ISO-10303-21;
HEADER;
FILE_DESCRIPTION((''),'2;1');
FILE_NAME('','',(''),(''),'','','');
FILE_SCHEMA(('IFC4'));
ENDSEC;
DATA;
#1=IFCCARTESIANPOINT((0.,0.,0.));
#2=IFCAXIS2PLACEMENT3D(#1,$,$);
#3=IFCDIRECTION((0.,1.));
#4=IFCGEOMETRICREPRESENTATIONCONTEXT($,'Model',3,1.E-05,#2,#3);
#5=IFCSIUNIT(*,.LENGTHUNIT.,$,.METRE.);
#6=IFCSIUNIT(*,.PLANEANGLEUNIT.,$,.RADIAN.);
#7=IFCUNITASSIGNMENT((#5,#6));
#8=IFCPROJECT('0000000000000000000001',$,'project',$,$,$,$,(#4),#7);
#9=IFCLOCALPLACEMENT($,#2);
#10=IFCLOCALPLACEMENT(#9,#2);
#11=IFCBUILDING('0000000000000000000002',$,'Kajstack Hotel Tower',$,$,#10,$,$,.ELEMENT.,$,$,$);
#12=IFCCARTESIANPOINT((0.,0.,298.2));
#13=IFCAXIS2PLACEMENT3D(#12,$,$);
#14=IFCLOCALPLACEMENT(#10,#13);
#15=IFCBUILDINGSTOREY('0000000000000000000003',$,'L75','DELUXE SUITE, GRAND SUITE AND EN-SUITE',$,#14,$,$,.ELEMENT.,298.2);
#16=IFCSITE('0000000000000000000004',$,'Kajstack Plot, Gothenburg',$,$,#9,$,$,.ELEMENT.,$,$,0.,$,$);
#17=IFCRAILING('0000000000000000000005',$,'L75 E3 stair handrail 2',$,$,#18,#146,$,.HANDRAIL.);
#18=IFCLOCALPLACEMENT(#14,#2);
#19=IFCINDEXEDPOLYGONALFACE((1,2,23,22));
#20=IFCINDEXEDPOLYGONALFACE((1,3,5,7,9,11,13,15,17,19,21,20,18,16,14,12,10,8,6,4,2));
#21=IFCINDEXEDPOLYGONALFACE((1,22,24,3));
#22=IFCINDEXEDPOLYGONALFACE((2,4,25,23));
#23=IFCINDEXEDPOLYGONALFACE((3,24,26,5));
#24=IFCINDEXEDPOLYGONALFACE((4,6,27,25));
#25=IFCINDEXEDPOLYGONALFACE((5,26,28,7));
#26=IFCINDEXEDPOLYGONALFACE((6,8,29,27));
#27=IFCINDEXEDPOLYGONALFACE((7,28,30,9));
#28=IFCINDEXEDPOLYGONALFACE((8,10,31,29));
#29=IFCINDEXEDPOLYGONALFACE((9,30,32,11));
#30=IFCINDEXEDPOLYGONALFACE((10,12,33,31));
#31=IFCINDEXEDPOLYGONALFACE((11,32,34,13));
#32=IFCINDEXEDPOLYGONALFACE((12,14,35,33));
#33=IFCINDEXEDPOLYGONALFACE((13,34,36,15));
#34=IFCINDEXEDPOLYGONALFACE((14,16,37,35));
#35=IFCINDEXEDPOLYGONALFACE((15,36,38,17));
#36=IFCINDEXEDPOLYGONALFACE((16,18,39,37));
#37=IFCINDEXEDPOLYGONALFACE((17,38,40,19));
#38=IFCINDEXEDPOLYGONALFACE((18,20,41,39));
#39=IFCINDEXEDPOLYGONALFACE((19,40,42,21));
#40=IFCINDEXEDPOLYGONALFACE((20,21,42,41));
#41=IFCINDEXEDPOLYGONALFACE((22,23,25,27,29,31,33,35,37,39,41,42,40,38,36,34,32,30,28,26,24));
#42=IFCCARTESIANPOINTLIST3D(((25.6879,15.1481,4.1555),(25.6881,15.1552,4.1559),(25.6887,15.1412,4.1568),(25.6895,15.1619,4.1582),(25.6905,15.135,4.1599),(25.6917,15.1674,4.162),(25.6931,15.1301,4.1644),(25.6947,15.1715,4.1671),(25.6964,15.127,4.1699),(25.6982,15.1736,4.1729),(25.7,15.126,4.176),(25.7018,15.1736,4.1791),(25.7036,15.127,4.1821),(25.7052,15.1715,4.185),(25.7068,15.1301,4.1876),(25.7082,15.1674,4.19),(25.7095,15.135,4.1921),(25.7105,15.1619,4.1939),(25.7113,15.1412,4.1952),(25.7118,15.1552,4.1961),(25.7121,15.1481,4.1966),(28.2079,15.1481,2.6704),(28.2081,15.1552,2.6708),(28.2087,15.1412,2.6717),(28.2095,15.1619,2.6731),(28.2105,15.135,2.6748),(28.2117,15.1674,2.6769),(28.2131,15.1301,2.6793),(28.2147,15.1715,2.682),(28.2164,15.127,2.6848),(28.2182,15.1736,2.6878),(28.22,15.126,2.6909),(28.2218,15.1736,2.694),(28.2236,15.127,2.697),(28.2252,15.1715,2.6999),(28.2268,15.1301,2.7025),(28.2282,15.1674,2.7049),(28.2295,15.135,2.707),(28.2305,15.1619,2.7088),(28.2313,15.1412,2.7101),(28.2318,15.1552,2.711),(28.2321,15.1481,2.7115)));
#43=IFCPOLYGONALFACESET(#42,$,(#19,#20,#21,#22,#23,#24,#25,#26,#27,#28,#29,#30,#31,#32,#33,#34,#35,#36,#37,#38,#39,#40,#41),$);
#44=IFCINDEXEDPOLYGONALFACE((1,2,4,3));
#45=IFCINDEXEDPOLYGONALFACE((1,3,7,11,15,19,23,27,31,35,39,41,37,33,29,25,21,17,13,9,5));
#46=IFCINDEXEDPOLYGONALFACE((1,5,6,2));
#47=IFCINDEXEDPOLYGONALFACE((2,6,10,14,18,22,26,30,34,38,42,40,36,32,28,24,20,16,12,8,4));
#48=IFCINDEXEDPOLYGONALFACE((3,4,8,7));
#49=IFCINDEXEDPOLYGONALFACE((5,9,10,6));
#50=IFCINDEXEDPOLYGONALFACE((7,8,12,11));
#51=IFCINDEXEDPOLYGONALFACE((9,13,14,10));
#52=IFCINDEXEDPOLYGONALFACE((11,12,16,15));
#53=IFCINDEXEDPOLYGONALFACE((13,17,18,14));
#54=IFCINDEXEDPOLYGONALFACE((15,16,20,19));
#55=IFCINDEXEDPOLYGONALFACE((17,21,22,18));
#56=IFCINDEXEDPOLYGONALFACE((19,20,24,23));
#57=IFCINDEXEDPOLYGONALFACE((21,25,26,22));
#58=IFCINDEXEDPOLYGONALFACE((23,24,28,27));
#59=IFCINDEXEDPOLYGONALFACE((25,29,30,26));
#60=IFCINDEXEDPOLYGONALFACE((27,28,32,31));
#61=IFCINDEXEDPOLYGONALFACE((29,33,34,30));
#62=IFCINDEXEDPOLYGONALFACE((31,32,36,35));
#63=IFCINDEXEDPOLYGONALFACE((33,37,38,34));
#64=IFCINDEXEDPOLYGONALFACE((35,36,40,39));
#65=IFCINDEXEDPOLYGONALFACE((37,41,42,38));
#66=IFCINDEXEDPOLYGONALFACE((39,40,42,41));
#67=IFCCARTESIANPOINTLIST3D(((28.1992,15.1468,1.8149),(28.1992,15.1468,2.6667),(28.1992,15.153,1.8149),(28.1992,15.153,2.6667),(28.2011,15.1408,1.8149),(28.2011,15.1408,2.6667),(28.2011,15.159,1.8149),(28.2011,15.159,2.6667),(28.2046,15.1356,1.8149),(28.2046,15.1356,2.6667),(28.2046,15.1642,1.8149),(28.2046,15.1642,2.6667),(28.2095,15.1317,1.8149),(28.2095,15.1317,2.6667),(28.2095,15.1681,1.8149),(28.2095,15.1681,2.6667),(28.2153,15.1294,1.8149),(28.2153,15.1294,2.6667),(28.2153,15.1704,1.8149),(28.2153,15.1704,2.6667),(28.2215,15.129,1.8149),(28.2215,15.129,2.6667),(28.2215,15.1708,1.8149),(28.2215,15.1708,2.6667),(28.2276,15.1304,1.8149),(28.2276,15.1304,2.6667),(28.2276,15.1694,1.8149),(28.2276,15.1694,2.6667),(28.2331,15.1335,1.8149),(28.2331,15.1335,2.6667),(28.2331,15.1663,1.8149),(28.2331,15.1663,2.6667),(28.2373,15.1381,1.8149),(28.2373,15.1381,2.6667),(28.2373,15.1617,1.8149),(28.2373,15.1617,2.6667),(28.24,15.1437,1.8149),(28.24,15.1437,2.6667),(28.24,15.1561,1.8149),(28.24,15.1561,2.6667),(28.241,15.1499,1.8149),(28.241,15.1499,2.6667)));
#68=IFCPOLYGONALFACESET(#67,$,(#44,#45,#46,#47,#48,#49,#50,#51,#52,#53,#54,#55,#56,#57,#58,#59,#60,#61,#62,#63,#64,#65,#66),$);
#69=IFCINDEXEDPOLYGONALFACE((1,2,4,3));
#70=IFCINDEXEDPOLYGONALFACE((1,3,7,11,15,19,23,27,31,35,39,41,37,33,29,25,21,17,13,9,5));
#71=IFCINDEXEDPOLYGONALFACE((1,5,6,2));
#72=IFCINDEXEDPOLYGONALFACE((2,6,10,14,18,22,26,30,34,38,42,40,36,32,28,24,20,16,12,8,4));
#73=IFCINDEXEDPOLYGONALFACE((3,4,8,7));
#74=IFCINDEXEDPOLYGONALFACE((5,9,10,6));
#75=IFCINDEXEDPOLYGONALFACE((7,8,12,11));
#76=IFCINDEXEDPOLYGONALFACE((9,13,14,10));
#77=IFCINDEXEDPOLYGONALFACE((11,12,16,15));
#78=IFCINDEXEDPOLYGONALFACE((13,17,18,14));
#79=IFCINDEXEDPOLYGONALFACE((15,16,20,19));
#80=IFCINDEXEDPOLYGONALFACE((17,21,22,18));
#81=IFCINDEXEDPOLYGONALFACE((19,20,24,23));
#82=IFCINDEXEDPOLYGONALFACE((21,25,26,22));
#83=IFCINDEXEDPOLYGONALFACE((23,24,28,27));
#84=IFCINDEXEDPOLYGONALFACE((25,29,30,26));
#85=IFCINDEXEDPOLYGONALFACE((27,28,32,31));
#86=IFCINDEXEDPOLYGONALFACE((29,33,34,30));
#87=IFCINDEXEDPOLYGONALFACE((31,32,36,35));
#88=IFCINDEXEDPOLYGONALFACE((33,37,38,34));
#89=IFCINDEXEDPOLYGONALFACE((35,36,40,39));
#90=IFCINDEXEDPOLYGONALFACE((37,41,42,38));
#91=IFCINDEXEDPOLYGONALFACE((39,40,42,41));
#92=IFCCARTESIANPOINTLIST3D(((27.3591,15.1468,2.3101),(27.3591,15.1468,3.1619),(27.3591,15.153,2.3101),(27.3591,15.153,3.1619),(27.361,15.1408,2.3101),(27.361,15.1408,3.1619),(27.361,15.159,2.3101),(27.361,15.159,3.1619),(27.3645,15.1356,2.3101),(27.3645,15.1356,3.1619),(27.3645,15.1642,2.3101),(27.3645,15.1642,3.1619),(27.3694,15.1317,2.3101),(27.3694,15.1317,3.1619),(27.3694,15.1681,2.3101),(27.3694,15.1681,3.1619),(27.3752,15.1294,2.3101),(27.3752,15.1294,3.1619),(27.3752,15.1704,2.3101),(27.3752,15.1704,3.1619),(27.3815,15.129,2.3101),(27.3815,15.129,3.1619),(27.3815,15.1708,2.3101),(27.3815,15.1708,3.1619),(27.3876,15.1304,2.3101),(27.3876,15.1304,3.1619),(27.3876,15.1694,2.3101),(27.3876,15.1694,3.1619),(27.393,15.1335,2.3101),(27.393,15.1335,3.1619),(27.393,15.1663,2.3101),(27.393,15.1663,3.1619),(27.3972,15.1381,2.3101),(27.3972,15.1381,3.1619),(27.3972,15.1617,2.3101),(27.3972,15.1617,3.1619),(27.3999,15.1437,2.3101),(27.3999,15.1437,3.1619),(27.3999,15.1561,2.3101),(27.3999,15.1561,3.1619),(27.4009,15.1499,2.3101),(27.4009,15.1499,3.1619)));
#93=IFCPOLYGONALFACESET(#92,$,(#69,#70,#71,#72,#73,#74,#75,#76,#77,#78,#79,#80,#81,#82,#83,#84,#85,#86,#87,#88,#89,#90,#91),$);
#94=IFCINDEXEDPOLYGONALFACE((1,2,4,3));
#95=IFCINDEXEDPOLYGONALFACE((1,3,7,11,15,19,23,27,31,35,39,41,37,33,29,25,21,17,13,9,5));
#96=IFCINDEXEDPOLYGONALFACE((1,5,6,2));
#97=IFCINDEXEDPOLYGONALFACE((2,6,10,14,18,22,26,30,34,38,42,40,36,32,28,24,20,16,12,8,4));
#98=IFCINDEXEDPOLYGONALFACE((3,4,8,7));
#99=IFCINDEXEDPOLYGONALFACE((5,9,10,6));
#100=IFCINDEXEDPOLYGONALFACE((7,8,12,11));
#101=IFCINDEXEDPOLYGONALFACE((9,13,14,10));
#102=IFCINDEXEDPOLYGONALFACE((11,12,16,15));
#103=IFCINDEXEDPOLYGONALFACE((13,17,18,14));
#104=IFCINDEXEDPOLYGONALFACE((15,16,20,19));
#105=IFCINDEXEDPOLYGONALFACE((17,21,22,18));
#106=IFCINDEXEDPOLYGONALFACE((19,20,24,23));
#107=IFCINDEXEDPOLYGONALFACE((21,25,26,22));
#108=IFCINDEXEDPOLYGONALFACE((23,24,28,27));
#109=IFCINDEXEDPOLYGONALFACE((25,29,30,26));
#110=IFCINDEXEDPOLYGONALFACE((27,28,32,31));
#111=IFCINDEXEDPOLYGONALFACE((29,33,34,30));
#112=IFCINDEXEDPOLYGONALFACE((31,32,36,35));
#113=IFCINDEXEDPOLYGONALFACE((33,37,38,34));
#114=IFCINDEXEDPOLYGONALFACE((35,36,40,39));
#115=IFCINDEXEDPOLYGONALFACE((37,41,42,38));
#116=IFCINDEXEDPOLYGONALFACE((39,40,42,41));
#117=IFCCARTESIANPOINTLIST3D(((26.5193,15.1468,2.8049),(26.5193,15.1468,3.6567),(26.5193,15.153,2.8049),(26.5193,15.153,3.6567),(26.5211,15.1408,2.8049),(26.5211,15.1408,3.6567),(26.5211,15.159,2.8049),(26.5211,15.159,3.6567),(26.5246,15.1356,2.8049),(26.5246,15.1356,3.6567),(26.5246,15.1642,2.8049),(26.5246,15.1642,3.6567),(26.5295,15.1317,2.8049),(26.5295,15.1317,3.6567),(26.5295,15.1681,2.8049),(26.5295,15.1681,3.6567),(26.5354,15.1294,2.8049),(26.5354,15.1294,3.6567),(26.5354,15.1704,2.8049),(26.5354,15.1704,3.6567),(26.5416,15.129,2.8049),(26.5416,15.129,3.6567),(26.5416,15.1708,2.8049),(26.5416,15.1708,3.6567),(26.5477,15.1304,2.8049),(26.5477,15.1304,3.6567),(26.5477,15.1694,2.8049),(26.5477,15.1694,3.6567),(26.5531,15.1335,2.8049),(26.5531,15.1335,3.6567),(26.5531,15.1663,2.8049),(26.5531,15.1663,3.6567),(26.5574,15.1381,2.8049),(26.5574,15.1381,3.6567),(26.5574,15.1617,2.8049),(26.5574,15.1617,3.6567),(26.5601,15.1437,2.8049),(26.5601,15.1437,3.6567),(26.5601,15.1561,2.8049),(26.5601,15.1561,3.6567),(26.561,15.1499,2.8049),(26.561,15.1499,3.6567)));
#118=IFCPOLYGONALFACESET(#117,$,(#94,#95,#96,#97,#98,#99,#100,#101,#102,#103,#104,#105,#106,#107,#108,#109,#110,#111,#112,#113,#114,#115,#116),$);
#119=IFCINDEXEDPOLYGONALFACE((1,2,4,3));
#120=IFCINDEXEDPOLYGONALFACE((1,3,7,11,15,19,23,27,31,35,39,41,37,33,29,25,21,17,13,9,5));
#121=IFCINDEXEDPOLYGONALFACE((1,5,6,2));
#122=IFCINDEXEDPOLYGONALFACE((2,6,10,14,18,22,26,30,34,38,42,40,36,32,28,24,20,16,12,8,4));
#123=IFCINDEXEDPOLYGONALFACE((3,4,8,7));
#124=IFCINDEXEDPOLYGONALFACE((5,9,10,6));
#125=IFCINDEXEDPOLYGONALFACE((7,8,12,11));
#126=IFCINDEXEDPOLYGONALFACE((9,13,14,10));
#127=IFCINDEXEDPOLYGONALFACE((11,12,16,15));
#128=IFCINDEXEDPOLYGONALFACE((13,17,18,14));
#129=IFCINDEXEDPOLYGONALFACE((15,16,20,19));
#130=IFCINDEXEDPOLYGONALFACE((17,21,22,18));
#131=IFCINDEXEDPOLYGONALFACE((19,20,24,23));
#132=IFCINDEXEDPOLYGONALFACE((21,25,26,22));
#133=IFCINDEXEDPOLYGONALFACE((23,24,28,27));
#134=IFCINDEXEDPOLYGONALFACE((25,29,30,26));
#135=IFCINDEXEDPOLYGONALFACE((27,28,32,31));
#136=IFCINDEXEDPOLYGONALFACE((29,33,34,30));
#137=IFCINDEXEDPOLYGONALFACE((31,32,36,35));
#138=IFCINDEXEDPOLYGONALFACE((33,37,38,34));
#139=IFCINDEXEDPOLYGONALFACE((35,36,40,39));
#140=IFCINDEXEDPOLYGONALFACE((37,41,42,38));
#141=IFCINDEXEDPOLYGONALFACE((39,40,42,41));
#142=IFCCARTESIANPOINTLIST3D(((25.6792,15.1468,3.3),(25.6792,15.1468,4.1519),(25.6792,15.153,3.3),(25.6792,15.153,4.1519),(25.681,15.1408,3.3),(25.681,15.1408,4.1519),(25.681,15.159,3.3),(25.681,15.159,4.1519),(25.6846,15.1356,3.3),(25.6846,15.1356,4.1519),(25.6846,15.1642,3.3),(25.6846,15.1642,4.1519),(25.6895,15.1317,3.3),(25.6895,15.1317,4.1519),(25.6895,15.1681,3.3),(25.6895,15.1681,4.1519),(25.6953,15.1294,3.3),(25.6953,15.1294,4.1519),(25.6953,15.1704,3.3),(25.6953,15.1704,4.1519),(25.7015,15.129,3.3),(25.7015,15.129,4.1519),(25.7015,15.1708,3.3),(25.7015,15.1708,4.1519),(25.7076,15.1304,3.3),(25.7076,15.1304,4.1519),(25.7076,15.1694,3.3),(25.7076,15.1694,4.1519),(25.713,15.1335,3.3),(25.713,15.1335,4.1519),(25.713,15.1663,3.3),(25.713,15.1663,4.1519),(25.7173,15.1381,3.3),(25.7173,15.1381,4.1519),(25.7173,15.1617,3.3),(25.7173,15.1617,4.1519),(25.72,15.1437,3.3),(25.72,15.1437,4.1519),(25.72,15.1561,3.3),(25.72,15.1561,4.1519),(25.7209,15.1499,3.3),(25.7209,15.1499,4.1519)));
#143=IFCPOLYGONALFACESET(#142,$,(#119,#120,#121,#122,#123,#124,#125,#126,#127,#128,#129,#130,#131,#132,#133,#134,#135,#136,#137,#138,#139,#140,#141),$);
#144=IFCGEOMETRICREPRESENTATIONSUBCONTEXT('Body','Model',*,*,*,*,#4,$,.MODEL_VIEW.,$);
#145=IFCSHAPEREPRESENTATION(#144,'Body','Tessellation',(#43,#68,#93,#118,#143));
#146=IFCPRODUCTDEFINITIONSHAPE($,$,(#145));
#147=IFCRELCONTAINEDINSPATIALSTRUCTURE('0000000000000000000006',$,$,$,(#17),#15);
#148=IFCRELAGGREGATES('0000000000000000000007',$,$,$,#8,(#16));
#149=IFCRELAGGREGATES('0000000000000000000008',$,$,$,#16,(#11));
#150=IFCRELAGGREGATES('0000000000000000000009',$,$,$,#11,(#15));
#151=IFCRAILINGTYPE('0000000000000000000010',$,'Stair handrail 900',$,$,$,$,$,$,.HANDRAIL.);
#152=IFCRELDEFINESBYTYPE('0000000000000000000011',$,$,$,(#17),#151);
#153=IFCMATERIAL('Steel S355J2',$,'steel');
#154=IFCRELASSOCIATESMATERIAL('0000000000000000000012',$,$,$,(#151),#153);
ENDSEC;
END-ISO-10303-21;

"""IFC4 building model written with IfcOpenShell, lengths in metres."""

from ifc_helpers import new_model, si_unit, direction, frame, origin, origin_2d, place, context, subcontext, project, spatial, circle, extrude, material, type_object, element, save


model = new_model("IFC4")

# Units and contexts
model_context = context("Model", 3, precision=1e-05, world=origin(), true_north=direction((0.0, 1.0)))
body_context = subcontext(model_context, "Body", "Model", "MODEL_VIEW")
ifc_project = project(units=[si_unit("LENGTHUNIT", "METRE"), si_unit("PLANEANGLEUNIT", "RADIAN")], contexts=[model_context])

# Site, building, storey
site_placement = place(None, origin())
site = spatial("IfcSite", under=ifc_project, at=site_placement, Name="Kajstack Plot, Gothenburg", CompositionType="ELEMENT", RefElevation=0.0)
building_placement = place(site_placement, origin())
building = spatial("IfcBuilding", under=site, at=building_placement, Name="Kajstack Hotel Tower", CompositionType="ELEMENT")
storey_placement = place(building_placement, frame((0.0, 0.0, 298.2)))
storey = spatial("IfcBuildingStorey", under=building, at=storey_placement, Name="L75", Description="DELUXE SUITE, GRAND SUITE AND EN-SUITE", CompositionType="ELEMENT", Elevation=298.2)

# Railing
ifc_material_1 = material(Name="Steel S355J2", Category="steel")
railing_type_1 = type_object("IfcRailingType", Name="Stair handrail 900", PredefinedType="HANDRAIL", material=ifc_material_1)
railing_1_placement = place(storey_placement, frame((28.22, 15.1499, 1.8149)))
element("IfcRailing", 1, at=railing_1_placement, inside=storey, type_object=railing_type_1, Name="L75 E3 stair handrail 2", PredefinedType="HANDRAIL", context=body_context, shape_type="SweptSolid", body=[
    extrude(circle(Radius=0.0239, at=origin_2d()), frame((0.0, 0.0, 0.876), z_axis=(-0.861524, 0.0, 0.507717), x_axis=(0.0, -1.0, 0.0)), (0.0, 0.0, 1.0), 2.925),
    extrude(circle(Radius=0.021, at=origin_2d()), origin(), (0.0, 0.0, 1.0), 0.8518),
    extrude(circle(Radius=0.021, at=origin_2d()), frame((-0.8401, 0.0, 0.4951)), (0.0, 0.0, 1.0), 0.8518),
    extrude(circle(Radius=0.021, at=origin_2d()), frame((-1.6799, 0.0, 0.99)), (0.0, 0.0, 1.0), 0.8518),
    extrude(circle(Radius=0.021, at=origin_2d()), frame((-2.52, 0.0, 1.4851)), (0.0, 0.0, 1.0), 0.8518),
])

save(model, "model.ifc")
